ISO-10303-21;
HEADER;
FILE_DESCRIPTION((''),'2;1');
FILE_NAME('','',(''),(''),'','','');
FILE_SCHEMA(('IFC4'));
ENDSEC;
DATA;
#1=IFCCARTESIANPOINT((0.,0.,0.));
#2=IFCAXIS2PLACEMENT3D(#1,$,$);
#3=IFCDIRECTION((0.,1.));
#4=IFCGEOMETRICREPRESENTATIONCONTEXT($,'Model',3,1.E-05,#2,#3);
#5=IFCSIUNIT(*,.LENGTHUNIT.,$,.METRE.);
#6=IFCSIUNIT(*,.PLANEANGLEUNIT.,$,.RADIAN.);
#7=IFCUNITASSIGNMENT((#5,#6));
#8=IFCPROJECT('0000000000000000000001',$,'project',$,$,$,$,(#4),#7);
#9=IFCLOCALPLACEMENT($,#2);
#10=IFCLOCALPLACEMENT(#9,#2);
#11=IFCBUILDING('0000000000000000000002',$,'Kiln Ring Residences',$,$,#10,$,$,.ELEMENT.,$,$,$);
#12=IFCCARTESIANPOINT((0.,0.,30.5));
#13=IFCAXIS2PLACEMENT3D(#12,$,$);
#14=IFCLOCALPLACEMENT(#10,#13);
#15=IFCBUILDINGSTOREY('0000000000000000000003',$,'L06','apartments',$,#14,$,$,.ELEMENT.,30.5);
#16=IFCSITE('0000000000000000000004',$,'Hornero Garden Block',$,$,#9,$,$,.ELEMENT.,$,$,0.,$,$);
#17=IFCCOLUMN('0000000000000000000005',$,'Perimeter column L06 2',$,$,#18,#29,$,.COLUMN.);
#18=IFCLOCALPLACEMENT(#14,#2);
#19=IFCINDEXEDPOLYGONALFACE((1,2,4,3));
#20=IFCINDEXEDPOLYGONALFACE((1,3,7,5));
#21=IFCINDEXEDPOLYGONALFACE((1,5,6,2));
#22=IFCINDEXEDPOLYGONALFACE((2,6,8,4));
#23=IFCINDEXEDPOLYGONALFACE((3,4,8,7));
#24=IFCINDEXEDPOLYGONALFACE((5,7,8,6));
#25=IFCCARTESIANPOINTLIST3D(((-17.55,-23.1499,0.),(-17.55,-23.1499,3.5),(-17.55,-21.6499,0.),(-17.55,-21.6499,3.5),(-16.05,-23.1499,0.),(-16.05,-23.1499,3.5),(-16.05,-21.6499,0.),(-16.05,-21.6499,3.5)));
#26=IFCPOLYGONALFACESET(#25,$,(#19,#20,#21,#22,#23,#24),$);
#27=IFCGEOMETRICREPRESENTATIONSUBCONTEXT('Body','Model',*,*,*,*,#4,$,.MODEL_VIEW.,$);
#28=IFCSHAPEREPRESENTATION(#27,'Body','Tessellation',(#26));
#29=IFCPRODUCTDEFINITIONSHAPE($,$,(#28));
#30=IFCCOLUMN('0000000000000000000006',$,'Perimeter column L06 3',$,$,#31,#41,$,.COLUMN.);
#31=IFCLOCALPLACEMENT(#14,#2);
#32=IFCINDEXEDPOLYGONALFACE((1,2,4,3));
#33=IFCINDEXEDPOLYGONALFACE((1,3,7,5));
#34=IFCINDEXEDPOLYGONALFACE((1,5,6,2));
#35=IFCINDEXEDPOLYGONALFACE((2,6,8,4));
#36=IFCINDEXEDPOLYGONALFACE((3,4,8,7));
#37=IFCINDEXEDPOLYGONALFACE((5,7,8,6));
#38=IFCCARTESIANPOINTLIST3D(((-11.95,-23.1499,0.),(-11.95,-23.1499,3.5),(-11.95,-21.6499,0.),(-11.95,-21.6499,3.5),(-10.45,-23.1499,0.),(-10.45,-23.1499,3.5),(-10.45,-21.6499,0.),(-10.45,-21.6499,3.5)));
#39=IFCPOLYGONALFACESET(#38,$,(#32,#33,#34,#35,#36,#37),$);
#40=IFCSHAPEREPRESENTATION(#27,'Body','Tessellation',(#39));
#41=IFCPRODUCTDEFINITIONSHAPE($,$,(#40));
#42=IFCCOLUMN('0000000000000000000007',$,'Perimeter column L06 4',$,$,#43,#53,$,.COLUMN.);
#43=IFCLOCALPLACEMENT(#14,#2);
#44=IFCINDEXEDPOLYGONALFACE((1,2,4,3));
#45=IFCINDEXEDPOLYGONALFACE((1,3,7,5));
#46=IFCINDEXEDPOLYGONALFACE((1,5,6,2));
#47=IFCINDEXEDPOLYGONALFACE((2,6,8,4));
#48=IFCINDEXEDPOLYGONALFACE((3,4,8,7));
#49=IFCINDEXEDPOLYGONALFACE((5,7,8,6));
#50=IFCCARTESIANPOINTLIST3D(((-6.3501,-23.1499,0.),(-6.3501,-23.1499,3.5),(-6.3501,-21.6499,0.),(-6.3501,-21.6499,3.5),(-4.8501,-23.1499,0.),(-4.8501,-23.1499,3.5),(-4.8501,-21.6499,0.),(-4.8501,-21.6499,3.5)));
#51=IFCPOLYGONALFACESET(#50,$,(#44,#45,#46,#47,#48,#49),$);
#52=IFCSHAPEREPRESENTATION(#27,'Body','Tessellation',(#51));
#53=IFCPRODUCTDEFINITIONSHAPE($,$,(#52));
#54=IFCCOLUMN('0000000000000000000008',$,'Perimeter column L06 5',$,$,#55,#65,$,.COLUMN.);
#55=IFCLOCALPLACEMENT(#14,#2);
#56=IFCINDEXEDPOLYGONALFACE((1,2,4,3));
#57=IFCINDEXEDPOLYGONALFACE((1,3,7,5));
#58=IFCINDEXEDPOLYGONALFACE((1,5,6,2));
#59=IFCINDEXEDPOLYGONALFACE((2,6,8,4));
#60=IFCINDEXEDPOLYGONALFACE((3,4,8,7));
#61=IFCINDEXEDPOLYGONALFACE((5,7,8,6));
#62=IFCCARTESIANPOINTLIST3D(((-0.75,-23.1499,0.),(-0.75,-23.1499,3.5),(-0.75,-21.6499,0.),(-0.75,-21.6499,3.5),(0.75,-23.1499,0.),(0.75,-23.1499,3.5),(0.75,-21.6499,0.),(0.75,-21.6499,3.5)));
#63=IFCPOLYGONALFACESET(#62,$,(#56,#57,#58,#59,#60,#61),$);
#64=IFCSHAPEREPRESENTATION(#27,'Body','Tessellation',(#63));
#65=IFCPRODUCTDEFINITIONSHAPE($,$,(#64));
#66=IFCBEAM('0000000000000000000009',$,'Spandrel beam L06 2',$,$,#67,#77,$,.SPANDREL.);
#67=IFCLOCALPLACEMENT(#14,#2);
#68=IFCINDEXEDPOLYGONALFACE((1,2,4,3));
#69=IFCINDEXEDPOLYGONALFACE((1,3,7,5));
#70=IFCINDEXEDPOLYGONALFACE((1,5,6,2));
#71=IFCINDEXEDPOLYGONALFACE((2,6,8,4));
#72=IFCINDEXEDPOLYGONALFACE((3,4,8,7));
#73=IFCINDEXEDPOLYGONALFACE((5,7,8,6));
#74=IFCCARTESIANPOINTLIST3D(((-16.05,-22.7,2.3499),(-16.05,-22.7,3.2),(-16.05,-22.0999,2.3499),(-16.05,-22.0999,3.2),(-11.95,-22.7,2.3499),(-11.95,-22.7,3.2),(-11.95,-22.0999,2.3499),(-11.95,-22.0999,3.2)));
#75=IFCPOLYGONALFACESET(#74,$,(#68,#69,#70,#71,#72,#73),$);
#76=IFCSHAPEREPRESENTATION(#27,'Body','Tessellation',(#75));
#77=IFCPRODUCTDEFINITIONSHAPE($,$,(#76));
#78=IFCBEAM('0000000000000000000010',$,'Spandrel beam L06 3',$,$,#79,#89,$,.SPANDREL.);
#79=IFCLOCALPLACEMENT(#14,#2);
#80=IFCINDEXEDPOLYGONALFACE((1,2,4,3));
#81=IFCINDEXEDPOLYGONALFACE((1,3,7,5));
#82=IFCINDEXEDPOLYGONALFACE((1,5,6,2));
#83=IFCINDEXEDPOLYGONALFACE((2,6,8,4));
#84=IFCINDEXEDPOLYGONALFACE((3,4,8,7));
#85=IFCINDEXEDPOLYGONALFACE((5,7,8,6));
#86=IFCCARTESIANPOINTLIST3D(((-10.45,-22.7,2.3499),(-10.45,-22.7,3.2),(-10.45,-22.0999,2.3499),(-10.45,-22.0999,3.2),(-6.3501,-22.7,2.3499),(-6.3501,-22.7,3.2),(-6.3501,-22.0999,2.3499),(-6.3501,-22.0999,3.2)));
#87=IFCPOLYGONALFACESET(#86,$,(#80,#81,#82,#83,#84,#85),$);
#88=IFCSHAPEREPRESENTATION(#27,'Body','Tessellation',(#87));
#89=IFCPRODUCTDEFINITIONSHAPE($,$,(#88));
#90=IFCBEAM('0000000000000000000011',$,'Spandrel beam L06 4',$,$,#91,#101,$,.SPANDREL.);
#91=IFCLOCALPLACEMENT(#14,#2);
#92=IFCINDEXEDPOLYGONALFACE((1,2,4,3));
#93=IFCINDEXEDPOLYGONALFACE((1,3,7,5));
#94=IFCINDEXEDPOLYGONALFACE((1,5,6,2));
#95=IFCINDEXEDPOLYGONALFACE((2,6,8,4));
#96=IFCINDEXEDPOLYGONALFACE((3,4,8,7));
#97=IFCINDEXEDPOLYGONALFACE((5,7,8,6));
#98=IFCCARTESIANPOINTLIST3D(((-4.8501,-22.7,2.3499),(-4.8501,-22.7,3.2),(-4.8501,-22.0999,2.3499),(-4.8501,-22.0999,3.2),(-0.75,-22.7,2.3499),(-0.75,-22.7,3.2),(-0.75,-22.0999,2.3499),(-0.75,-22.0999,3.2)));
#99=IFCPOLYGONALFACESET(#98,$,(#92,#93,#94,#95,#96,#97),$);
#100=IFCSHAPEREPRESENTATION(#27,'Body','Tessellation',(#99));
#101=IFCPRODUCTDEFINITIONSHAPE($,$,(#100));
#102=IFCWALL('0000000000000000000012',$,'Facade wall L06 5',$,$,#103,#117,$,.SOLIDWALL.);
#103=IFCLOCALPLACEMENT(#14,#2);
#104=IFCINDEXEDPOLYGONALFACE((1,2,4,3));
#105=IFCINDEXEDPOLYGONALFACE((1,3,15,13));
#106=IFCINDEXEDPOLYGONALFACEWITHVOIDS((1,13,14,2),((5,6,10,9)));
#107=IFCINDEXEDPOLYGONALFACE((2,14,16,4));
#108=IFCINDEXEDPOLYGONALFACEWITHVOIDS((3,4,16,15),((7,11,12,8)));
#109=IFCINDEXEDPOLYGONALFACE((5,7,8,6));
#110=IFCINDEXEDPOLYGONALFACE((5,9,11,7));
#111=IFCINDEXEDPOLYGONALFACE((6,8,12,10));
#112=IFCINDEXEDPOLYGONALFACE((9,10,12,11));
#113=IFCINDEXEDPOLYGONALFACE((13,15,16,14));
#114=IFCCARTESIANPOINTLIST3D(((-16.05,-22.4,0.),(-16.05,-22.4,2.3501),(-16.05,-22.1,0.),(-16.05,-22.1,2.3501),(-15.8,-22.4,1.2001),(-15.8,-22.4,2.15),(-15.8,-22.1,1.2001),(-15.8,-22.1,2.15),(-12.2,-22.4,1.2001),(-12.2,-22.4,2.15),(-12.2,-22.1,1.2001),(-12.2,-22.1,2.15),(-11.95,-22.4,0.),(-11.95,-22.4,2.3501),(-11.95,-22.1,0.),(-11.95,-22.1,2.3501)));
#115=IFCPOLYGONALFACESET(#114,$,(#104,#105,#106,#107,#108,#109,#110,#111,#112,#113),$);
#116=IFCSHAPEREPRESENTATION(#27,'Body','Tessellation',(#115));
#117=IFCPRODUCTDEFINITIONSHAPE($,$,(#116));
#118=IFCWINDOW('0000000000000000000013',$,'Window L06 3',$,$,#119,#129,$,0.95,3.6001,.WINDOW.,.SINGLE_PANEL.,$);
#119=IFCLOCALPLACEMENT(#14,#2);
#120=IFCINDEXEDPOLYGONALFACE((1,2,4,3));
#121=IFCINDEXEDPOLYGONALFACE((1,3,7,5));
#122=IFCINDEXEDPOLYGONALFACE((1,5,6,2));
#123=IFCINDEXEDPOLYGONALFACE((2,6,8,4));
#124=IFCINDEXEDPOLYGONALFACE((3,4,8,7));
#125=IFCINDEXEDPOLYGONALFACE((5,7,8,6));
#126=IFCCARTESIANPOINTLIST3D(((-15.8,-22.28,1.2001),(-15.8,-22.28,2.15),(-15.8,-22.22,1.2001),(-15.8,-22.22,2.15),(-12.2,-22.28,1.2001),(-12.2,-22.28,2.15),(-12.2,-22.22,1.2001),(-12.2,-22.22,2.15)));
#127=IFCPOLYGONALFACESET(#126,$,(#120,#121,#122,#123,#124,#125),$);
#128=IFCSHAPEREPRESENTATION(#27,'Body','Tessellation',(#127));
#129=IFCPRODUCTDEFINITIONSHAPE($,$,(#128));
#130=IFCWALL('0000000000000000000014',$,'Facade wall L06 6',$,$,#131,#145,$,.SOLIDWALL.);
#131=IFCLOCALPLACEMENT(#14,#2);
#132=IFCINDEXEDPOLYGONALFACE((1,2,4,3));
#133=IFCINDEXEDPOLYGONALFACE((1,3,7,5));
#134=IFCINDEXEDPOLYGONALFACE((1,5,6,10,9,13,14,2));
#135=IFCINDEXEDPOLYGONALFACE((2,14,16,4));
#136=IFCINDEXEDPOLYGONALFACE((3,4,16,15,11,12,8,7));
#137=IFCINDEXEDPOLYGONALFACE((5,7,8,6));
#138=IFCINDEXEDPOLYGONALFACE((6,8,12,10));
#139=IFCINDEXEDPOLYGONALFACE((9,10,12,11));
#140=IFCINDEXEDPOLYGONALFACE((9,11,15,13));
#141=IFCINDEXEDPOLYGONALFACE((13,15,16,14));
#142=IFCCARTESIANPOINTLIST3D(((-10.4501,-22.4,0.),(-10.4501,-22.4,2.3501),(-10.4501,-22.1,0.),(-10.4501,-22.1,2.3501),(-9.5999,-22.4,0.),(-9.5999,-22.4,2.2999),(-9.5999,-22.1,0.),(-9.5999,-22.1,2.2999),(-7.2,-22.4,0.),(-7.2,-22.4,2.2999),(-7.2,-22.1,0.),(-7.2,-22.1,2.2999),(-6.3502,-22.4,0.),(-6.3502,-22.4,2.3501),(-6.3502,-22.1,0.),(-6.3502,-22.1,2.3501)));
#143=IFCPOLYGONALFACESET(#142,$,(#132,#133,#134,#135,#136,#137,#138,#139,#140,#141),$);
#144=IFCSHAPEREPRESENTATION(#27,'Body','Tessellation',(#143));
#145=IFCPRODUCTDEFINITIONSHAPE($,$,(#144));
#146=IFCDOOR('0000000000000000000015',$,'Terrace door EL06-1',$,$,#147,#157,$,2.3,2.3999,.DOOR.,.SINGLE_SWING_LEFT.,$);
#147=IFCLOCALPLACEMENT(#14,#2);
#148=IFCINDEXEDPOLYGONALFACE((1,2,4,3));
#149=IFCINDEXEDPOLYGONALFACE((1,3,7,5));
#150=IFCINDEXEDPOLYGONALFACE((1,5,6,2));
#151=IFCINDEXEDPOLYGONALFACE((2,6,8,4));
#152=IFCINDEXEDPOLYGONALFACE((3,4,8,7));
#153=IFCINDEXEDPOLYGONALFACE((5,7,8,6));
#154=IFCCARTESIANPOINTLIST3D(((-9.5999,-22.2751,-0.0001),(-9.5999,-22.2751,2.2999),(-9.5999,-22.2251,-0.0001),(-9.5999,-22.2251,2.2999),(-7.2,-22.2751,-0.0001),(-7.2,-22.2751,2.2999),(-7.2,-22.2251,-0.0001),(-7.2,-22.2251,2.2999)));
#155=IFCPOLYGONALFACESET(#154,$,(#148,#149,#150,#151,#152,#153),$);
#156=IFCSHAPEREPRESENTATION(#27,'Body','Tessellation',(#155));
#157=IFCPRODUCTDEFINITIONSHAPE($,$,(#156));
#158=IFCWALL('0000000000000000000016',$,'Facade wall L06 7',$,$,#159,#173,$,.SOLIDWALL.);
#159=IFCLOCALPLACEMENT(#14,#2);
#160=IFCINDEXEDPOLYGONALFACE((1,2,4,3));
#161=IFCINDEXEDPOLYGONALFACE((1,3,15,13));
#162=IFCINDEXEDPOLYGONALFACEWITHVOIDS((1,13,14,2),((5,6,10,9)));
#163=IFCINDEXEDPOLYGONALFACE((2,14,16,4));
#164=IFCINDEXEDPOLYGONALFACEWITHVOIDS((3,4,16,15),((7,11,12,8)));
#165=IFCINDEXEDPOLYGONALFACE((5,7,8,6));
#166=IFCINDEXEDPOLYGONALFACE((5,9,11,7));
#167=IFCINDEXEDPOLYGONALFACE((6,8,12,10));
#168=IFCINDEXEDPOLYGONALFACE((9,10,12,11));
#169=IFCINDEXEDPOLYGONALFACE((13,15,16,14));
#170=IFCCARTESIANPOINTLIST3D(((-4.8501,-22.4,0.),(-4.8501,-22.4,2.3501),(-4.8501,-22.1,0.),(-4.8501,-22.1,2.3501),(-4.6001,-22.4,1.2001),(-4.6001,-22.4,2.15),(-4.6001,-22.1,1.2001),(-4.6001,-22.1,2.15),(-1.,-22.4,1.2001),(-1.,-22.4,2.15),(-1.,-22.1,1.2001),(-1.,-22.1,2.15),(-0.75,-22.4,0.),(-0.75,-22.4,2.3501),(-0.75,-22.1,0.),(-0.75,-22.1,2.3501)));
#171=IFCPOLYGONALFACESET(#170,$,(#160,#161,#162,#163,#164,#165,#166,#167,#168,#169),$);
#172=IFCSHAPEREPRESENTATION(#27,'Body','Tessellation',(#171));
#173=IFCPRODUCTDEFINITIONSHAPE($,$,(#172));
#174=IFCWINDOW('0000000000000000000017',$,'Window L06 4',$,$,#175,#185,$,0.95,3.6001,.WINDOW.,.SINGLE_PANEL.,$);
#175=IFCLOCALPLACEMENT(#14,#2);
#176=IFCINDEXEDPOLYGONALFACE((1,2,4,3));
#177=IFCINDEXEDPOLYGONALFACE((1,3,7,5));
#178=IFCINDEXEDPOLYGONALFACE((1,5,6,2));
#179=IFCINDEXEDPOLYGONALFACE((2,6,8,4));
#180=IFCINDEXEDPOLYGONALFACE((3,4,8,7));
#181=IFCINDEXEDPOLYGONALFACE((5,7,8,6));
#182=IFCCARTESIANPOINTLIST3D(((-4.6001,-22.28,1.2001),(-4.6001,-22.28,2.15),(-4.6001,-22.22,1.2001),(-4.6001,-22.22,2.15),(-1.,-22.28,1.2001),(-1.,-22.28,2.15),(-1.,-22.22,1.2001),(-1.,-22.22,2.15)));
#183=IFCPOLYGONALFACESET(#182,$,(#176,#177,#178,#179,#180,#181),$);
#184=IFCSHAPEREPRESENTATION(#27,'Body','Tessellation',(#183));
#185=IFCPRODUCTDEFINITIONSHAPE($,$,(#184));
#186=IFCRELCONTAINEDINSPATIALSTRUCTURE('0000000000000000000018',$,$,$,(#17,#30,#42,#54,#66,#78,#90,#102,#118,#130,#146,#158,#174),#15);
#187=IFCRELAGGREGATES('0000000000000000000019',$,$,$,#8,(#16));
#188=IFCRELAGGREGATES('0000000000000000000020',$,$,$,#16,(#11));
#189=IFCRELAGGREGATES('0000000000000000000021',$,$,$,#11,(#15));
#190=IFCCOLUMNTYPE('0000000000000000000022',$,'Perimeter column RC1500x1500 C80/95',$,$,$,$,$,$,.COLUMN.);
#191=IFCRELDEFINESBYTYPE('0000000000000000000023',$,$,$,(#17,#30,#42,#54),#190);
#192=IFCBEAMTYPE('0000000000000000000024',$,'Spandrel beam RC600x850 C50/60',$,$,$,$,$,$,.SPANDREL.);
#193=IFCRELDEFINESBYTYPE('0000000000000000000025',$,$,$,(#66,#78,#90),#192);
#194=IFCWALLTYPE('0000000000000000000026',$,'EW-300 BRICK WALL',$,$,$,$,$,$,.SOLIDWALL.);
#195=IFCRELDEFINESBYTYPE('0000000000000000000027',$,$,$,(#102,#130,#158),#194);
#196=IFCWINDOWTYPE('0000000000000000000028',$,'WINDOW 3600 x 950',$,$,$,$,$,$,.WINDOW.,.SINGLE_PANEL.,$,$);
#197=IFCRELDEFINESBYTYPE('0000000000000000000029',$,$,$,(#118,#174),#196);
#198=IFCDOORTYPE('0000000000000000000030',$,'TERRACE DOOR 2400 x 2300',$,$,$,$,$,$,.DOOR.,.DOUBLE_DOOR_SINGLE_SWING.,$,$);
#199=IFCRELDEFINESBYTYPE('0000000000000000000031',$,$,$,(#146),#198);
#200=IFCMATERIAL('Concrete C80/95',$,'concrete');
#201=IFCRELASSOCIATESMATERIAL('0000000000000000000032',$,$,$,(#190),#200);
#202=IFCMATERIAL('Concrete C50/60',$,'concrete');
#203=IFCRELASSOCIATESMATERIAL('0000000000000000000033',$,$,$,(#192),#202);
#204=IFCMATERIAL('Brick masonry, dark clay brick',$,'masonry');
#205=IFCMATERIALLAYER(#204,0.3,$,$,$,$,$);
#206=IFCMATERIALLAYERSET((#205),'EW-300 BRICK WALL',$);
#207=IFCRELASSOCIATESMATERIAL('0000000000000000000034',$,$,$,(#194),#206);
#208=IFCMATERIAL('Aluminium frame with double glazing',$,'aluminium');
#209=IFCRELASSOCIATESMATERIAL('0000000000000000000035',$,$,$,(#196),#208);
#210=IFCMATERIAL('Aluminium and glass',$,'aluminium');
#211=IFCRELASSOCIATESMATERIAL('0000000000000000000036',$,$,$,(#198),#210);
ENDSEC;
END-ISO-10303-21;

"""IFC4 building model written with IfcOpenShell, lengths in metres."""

from ifc_helpers import new_model, si_unit, direction, frame, frame_2d, origin, origin_2d, place, context, subcontext, project, spatial, rectangle, extrude, material, layer, layer_set, material_profile, profile_set, type_object, element, fill, save


model = new_model("IFC4")

# Units and contexts
model_context = context("Model", 3, precision=1e-05, world=origin(), true_north=direction((0.0, 1.0)))
body_context = subcontext(model_context, "Body", "Model", "MODEL_VIEW")
ifc_project = project(units=[si_unit("LENGTHUNIT", "METRE"), si_unit("PLANEANGLEUNIT", "RADIAN")], contexts=[model_context])

# Site, building, storey
site_placement = place(None, origin())
site = spatial("IfcSite", under=ifc_project, at=site_placement, Name="Hornero Garden Block", CompositionType="ELEMENT", RefElevation=0.0)
building_placement = place(site_placement, origin())
building = spatial("IfcBuilding", under=site, at=building_placement, Name="Kiln Ring Residences", CompositionType="ELEMENT")
storey_placement = place(building_placement, frame((0.0, 0.0, 30.5)))
storey = spatial("IfcBuildingStorey", under=building, at=storey_placement, Name="L06", Description="apartments", CompositionType="ELEMENT", Elevation=30.5)

# Columns
ifc_material_1 = material(Name="Concrete C80/95", Category="concrete")
ifc_material_profile_1 = material_profile(ifc_material_1, rectangle(XDim=1.5, YDim=1.5, at=origin_2d()), Name="RC1500x1500")
ifc_profile_set_1 = profile_set([ifc_material_profile_1], Name="Concrete C80/95")
column_type = type_object("IfcColumnType", Name="Perimeter column RC1500x1500 C80/95", PredefinedType="COLUMN", material=ifc_profile_set_1)
for number, where, z_axis, x_axis, name in (
    (1, (-16.8, -22.3999, 0.0), (0.0, 0.0, 1.0), (1.0, 0.0, 0.0), "Perimeter column L06 2"),
    (2, (-11.2, -22.3999, 0.0), (0.0, 0.0, 1.0), (1.0, 0.0, 0.0), "Perimeter column L06 3"),
    (3, (-5.6001, -22.3999, 0.0), (0.0, 0.0, 1.0), (1.0, 0.0, 0.0), "Perimeter column L06 4"),
    (4, (0.0, -22.3999, 0.0), (0.0, 0.0, 1.0), (1.0, 0.0, 0.0), "Perimeter column L06 5"),
):
    element("IfcColumn", number, at=place(storey_placement, frame(where, z_axis=z_axis, x_axis=x_axis)), inside=storey, type_object=column_type, Name=name, PredefinedType="COLUMN", context=body_context, shape_type="SweptSolid", body=[
        extrude(rectangle(XDim=1.5, YDim=1.5, at=origin_2d()), origin(), (0.0, 0.0, 1.0), 3.5),
    ])

# Beams
ifc_material_2 = material(Name="Concrete C50/60", Category="concrete")
ifc_material_profile_2 = material_profile(ifc_material_2, rectangle(XDim=0.6001, YDim=0.8501, at=origin_2d()), Name="RC600x850")
ifc_profile_set_2 = profile_set([ifc_material_profile_2], Name="Concrete C50/60")
beam_type = type_object("IfcBeamType", Name="Spandrel beam RC600x850 C50/60", PredefinedType="SPANDREL", material=ifc_profile_set_2)
beam_1_placement = place(storey_placement, frame((-16.05, -22.3999, 2.7749), z_axis=(1.0, 0.0, 0.0), x_axis=(0.0, 1.0, 0.0)))
element("IfcBeam", 5, at=beam_1_placement, inside=storey, type_object=beam_type, Name="Spandrel beam L06 2", PredefinedType="SPANDREL", context=body_context, shape_type="SweptSolid", body=[
    extrude(rectangle(XDim=0.6001, YDim=0.8501, at=origin_2d()), origin(), (0.0, 0.0, 1.0), 4.1001),
])
beam_2_placement = place(storey_placement, frame((-10.45, -22.3999, 2.7749), z_axis=(1.0, 0.0, 0.0), x_axis=(0.0, 1.0, 0.0)))
element("IfcBeam", 6, at=beam_2_placement, inside=storey, type_object=beam_type, Name="Spandrel beam L06 3", PredefinedType="SPANDREL", context=body_context, shape_type="SweptSolid", body=[
    extrude(rectangle(XDim=0.6001, YDim=0.8501, at=origin_2d()), origin(), (0.0, 0.0, 1.0), 4.0999),
])
beam_3_placement = place(storey_placement, frame((-4.8501, -22.3999, 2.7749), z_axis=(1.0, 0.0, 0.0), x_axis=(0.0, 1.0, 0.0)))
element("IfcBeam", 7, at=beam_3_placement, inside=storey, type_object=beam_type, Name="Spandrel beam L06 4", PredefinedType="SPANDREL", context=body_context, shape_type="SweptSolid", body=[
    extrude(rectangle(XDim=0.6001, YDim=0.8501, at=origin_2d()), origin(), (0.0, 0.0, 1.0), 4.1001),
])

# Wall, opening, window
ifc_material_3 = material(Name="Brick masonry, dark clay brick", Category="masonry")
ifc_layer_1 = layer(ifc_material_3, 0.3)
ifc_layer_set_1 = layer_set([ifc_layer_1], Name="EW-300 BRICK WALL")
wall_type_1 = type_object("IfcWallType", Name="EW-300 BRICK WALL", PredefinedType="SOLIDWALL", material=ifc_layer_set_1)
wall_1_placement = place(storey_placement, frame((-16.05, -22.25, 0.0), z_axis=(0.0, 0.0, 1.0), x_axis=(1.0, 0.0, 0.0)))
wall_1 = element("IfcWall", 8, at=wall_1_placement, inside=storey, type_object=wall_type_1, Name="Facade wall L06 5", PredefinedType="SOLIDWALL", context=body_context, shape_type="SweptSolid", body=[
    extrude(rectangle(XDim=4.1001, YDim=0.3, at=frame_2d((2.05, 0.0))), origin(), (0.0, 0.0, 1.0), 2.3501),
])
opening_1_placement = place(wall_1_placement, frame((0.25, 0.0, 1.2)))
opening_1 = element("IfcOpeningElement", 9, at=opening_1_placement, cuts=wall_1, PredefinedType="OPENING", context=body_context, shape_type="SweptSolid", body=[
    extrude(rectangle(XDim=3.6001, YDim=0.95, at=frame_2d((1.8, 0.4751))), frame((0.0, 0.1599, 0.0), z_axis=(0.0, -1.0, 0.0), x_axis=(1.0, 0.0, 0.0)), (0.0, 0.0, 1.0), 0.3201),
])
ifc_material_4 = material(Name="Aluminium frame with double glazing", Category="aluminium")
window_type = type_object("IfcWindowType", Name="WINDOW 3600 x 950", PartitioningType="SINGLE_PANEL", PredefinedType="WINDOW", material=ifc_material_4)
window_1_placement = place(opening_1_placement, origin())
window_1 = element("IfcWindow", 10, at=window_1_placement, inside=storey, type_object=window_type, Name="Window L06 3", OverallHeight=0.95, OverallWidth=3.6001, PartitioningType="SINGLE_PANEL", PredefinedType="WINDOW", context=body_context, shape_type="SweptSolid", body=[
    extrude(rectangle(XDim=3.6001, YDim=0.95, at=frame_2d((1.8, 0.4751))), frame((0.0, 0.03, 0.0), z_axis=(0.0, -1.0, 0.0), x_axis=(1.0, 0.0, 0.0)), (0.0, 0.0, 1.0), 0.0601),
])
fill(opening_1, window_1)

# Wall, opening, door
wall_2_placement = place(storey_placement, frame((-10.45, -22.25, 0.0), z_axis=(0.0, 0.0, 1.0), x_axis=(1.0, 0.0, 0.0)))
wall_2 = element("IfcWall", 11, at=wall_2_placement, inside=storey, type_object=wall_type_1, Name="Facade wall L06 6", PredefinedType="SOLIDWALL", context=body_context, shape_type="SweptSolid", body=[
    extrude(rectangle(XDim=4.0999, YDim=0.3, at=frame_2d((2.0498, 0.0))), origin(), (0.0, 0.0, 1.0), 2.3501),
])
opening_2_placement = place(wall_2_placement, frame((0.8501, 0.0, 0.0)))
opening_2 = element("IfcOpeningElement", 12, at=opening_2_placement, cuts=wall_2, PredefinedType="OPENING", context=body_context, shape_type="SweptSolid", body=[
    extrude(rectangle(XDim=2.3999, YDim=2.3, at=frame_2d((1.2, 1.1499))), frame((0.0, 0.1599, 0.0), z_axis=(0.0, -1.0, 0.0), x_axis=(1.0, 0.0, 0.0)), (0.0, 0.0, 1.0), 0.3201),
])
ifc_material_5 = material(Name="Aluminium and glass", Category="aluminium")
door_type = type_object("IfcDoorType", Name="TERRACE DOOR 2400 x 2300", OperationType="DOUBLE_DOOR_SINGLE_SWING", PredefinedType="DOOR", material=ifc_material_5)
door_placement = place(opening_2_placement, origin())
door = element("IfcDoor", 13, at=door_placement, inside=storey, type_object=door_type, Name="Terrace door EL06-1", OperationType="SINGLE_SWING_LEFT", OverallHeight=2.3, OverallWidth=2.3999, PredefinedType="DOOR", context=body_context, shape_type="SweptSolid", body=[
    extrude(rectangle(XDim=2.3999, YDim=2.3, at=frame_2d((1.2, 1.1499))), frame((0.0, 0.0249, 0.0), z_axis=(0.0, -1.0, 0.0), x_axis=(1.0, 0.0, 0.0)), (0.0, 0.0, 1.0), 0.05),
])
fill(opening_2, door)

# Wall, opening, window
wall_3_placement = place(storey_placement, frame((-4.8501, -22.25, 0.0), z_axis=(0.0, 0.0, 1.0), x_axis=(1.0, 0.0, 0.0)))
wall_3 = element("IfcWall", 14, at=wall_3_placement, inside=storey, type_object=wall_type_1, Name="Facade wall L06 7", PredefinedType="SOLIDWALL", context=body_context, shape_type="SweptSolid", body=[
    extrude(rectangle(XDim=4.1001, YDim=0.3, at=frame_2d((2.05, 0.0))), origin(), (0.0, 0.0, 1.0), 2.3501),
])
opening_3_placement = place(wall_3_placement, frame((0.25, 0.0, 1.2)))
opening_3 = element("IfcOpeningElement", 15, at=opening_3_placement, cuts=wall_3, PredefinedType="OPENING", context=body_context, shape_type="SweptSolid", body=[
    extrude(rectangle(XDim=3.6001, YDim=0.95, at=frame_2d((1.8, 0.4751))), frame((0.0, 0.1599, 0.0), z_axis=(0.0, -1.0, 0.0), x_axis=(1.0, 0.0, 0.0)), (0.0, 0.0, 1.0), 0.3201),
])
window_2_placement = place(opening_3_placement, origin())
window_2 = element("IfcWindow", 16, at=window_2_placement, inside=storey, type_object=window_type, Name="Window L06 4", OverallHeight=0.95, OverallWidth=3.6001, PartitioningType="SINGLE_PANEL", PredefinedType="WINDOW", context=body_context, shape_type="SweptSolid", body=[
    extrude(rectangle(XDim=3.6001, YDim=0.95, at=frame_2d((1.8, 0.4751))), frame((0.0, 0.03, 0.0), z_axis=(0.0, -1.0, 0.0), x_axis=(1.0, 0.0, 0.0)), (0.0, 0.0, 1.0), 0.0601),
])
fill(opening_3, window_2)

save(model, "model.ifc")
